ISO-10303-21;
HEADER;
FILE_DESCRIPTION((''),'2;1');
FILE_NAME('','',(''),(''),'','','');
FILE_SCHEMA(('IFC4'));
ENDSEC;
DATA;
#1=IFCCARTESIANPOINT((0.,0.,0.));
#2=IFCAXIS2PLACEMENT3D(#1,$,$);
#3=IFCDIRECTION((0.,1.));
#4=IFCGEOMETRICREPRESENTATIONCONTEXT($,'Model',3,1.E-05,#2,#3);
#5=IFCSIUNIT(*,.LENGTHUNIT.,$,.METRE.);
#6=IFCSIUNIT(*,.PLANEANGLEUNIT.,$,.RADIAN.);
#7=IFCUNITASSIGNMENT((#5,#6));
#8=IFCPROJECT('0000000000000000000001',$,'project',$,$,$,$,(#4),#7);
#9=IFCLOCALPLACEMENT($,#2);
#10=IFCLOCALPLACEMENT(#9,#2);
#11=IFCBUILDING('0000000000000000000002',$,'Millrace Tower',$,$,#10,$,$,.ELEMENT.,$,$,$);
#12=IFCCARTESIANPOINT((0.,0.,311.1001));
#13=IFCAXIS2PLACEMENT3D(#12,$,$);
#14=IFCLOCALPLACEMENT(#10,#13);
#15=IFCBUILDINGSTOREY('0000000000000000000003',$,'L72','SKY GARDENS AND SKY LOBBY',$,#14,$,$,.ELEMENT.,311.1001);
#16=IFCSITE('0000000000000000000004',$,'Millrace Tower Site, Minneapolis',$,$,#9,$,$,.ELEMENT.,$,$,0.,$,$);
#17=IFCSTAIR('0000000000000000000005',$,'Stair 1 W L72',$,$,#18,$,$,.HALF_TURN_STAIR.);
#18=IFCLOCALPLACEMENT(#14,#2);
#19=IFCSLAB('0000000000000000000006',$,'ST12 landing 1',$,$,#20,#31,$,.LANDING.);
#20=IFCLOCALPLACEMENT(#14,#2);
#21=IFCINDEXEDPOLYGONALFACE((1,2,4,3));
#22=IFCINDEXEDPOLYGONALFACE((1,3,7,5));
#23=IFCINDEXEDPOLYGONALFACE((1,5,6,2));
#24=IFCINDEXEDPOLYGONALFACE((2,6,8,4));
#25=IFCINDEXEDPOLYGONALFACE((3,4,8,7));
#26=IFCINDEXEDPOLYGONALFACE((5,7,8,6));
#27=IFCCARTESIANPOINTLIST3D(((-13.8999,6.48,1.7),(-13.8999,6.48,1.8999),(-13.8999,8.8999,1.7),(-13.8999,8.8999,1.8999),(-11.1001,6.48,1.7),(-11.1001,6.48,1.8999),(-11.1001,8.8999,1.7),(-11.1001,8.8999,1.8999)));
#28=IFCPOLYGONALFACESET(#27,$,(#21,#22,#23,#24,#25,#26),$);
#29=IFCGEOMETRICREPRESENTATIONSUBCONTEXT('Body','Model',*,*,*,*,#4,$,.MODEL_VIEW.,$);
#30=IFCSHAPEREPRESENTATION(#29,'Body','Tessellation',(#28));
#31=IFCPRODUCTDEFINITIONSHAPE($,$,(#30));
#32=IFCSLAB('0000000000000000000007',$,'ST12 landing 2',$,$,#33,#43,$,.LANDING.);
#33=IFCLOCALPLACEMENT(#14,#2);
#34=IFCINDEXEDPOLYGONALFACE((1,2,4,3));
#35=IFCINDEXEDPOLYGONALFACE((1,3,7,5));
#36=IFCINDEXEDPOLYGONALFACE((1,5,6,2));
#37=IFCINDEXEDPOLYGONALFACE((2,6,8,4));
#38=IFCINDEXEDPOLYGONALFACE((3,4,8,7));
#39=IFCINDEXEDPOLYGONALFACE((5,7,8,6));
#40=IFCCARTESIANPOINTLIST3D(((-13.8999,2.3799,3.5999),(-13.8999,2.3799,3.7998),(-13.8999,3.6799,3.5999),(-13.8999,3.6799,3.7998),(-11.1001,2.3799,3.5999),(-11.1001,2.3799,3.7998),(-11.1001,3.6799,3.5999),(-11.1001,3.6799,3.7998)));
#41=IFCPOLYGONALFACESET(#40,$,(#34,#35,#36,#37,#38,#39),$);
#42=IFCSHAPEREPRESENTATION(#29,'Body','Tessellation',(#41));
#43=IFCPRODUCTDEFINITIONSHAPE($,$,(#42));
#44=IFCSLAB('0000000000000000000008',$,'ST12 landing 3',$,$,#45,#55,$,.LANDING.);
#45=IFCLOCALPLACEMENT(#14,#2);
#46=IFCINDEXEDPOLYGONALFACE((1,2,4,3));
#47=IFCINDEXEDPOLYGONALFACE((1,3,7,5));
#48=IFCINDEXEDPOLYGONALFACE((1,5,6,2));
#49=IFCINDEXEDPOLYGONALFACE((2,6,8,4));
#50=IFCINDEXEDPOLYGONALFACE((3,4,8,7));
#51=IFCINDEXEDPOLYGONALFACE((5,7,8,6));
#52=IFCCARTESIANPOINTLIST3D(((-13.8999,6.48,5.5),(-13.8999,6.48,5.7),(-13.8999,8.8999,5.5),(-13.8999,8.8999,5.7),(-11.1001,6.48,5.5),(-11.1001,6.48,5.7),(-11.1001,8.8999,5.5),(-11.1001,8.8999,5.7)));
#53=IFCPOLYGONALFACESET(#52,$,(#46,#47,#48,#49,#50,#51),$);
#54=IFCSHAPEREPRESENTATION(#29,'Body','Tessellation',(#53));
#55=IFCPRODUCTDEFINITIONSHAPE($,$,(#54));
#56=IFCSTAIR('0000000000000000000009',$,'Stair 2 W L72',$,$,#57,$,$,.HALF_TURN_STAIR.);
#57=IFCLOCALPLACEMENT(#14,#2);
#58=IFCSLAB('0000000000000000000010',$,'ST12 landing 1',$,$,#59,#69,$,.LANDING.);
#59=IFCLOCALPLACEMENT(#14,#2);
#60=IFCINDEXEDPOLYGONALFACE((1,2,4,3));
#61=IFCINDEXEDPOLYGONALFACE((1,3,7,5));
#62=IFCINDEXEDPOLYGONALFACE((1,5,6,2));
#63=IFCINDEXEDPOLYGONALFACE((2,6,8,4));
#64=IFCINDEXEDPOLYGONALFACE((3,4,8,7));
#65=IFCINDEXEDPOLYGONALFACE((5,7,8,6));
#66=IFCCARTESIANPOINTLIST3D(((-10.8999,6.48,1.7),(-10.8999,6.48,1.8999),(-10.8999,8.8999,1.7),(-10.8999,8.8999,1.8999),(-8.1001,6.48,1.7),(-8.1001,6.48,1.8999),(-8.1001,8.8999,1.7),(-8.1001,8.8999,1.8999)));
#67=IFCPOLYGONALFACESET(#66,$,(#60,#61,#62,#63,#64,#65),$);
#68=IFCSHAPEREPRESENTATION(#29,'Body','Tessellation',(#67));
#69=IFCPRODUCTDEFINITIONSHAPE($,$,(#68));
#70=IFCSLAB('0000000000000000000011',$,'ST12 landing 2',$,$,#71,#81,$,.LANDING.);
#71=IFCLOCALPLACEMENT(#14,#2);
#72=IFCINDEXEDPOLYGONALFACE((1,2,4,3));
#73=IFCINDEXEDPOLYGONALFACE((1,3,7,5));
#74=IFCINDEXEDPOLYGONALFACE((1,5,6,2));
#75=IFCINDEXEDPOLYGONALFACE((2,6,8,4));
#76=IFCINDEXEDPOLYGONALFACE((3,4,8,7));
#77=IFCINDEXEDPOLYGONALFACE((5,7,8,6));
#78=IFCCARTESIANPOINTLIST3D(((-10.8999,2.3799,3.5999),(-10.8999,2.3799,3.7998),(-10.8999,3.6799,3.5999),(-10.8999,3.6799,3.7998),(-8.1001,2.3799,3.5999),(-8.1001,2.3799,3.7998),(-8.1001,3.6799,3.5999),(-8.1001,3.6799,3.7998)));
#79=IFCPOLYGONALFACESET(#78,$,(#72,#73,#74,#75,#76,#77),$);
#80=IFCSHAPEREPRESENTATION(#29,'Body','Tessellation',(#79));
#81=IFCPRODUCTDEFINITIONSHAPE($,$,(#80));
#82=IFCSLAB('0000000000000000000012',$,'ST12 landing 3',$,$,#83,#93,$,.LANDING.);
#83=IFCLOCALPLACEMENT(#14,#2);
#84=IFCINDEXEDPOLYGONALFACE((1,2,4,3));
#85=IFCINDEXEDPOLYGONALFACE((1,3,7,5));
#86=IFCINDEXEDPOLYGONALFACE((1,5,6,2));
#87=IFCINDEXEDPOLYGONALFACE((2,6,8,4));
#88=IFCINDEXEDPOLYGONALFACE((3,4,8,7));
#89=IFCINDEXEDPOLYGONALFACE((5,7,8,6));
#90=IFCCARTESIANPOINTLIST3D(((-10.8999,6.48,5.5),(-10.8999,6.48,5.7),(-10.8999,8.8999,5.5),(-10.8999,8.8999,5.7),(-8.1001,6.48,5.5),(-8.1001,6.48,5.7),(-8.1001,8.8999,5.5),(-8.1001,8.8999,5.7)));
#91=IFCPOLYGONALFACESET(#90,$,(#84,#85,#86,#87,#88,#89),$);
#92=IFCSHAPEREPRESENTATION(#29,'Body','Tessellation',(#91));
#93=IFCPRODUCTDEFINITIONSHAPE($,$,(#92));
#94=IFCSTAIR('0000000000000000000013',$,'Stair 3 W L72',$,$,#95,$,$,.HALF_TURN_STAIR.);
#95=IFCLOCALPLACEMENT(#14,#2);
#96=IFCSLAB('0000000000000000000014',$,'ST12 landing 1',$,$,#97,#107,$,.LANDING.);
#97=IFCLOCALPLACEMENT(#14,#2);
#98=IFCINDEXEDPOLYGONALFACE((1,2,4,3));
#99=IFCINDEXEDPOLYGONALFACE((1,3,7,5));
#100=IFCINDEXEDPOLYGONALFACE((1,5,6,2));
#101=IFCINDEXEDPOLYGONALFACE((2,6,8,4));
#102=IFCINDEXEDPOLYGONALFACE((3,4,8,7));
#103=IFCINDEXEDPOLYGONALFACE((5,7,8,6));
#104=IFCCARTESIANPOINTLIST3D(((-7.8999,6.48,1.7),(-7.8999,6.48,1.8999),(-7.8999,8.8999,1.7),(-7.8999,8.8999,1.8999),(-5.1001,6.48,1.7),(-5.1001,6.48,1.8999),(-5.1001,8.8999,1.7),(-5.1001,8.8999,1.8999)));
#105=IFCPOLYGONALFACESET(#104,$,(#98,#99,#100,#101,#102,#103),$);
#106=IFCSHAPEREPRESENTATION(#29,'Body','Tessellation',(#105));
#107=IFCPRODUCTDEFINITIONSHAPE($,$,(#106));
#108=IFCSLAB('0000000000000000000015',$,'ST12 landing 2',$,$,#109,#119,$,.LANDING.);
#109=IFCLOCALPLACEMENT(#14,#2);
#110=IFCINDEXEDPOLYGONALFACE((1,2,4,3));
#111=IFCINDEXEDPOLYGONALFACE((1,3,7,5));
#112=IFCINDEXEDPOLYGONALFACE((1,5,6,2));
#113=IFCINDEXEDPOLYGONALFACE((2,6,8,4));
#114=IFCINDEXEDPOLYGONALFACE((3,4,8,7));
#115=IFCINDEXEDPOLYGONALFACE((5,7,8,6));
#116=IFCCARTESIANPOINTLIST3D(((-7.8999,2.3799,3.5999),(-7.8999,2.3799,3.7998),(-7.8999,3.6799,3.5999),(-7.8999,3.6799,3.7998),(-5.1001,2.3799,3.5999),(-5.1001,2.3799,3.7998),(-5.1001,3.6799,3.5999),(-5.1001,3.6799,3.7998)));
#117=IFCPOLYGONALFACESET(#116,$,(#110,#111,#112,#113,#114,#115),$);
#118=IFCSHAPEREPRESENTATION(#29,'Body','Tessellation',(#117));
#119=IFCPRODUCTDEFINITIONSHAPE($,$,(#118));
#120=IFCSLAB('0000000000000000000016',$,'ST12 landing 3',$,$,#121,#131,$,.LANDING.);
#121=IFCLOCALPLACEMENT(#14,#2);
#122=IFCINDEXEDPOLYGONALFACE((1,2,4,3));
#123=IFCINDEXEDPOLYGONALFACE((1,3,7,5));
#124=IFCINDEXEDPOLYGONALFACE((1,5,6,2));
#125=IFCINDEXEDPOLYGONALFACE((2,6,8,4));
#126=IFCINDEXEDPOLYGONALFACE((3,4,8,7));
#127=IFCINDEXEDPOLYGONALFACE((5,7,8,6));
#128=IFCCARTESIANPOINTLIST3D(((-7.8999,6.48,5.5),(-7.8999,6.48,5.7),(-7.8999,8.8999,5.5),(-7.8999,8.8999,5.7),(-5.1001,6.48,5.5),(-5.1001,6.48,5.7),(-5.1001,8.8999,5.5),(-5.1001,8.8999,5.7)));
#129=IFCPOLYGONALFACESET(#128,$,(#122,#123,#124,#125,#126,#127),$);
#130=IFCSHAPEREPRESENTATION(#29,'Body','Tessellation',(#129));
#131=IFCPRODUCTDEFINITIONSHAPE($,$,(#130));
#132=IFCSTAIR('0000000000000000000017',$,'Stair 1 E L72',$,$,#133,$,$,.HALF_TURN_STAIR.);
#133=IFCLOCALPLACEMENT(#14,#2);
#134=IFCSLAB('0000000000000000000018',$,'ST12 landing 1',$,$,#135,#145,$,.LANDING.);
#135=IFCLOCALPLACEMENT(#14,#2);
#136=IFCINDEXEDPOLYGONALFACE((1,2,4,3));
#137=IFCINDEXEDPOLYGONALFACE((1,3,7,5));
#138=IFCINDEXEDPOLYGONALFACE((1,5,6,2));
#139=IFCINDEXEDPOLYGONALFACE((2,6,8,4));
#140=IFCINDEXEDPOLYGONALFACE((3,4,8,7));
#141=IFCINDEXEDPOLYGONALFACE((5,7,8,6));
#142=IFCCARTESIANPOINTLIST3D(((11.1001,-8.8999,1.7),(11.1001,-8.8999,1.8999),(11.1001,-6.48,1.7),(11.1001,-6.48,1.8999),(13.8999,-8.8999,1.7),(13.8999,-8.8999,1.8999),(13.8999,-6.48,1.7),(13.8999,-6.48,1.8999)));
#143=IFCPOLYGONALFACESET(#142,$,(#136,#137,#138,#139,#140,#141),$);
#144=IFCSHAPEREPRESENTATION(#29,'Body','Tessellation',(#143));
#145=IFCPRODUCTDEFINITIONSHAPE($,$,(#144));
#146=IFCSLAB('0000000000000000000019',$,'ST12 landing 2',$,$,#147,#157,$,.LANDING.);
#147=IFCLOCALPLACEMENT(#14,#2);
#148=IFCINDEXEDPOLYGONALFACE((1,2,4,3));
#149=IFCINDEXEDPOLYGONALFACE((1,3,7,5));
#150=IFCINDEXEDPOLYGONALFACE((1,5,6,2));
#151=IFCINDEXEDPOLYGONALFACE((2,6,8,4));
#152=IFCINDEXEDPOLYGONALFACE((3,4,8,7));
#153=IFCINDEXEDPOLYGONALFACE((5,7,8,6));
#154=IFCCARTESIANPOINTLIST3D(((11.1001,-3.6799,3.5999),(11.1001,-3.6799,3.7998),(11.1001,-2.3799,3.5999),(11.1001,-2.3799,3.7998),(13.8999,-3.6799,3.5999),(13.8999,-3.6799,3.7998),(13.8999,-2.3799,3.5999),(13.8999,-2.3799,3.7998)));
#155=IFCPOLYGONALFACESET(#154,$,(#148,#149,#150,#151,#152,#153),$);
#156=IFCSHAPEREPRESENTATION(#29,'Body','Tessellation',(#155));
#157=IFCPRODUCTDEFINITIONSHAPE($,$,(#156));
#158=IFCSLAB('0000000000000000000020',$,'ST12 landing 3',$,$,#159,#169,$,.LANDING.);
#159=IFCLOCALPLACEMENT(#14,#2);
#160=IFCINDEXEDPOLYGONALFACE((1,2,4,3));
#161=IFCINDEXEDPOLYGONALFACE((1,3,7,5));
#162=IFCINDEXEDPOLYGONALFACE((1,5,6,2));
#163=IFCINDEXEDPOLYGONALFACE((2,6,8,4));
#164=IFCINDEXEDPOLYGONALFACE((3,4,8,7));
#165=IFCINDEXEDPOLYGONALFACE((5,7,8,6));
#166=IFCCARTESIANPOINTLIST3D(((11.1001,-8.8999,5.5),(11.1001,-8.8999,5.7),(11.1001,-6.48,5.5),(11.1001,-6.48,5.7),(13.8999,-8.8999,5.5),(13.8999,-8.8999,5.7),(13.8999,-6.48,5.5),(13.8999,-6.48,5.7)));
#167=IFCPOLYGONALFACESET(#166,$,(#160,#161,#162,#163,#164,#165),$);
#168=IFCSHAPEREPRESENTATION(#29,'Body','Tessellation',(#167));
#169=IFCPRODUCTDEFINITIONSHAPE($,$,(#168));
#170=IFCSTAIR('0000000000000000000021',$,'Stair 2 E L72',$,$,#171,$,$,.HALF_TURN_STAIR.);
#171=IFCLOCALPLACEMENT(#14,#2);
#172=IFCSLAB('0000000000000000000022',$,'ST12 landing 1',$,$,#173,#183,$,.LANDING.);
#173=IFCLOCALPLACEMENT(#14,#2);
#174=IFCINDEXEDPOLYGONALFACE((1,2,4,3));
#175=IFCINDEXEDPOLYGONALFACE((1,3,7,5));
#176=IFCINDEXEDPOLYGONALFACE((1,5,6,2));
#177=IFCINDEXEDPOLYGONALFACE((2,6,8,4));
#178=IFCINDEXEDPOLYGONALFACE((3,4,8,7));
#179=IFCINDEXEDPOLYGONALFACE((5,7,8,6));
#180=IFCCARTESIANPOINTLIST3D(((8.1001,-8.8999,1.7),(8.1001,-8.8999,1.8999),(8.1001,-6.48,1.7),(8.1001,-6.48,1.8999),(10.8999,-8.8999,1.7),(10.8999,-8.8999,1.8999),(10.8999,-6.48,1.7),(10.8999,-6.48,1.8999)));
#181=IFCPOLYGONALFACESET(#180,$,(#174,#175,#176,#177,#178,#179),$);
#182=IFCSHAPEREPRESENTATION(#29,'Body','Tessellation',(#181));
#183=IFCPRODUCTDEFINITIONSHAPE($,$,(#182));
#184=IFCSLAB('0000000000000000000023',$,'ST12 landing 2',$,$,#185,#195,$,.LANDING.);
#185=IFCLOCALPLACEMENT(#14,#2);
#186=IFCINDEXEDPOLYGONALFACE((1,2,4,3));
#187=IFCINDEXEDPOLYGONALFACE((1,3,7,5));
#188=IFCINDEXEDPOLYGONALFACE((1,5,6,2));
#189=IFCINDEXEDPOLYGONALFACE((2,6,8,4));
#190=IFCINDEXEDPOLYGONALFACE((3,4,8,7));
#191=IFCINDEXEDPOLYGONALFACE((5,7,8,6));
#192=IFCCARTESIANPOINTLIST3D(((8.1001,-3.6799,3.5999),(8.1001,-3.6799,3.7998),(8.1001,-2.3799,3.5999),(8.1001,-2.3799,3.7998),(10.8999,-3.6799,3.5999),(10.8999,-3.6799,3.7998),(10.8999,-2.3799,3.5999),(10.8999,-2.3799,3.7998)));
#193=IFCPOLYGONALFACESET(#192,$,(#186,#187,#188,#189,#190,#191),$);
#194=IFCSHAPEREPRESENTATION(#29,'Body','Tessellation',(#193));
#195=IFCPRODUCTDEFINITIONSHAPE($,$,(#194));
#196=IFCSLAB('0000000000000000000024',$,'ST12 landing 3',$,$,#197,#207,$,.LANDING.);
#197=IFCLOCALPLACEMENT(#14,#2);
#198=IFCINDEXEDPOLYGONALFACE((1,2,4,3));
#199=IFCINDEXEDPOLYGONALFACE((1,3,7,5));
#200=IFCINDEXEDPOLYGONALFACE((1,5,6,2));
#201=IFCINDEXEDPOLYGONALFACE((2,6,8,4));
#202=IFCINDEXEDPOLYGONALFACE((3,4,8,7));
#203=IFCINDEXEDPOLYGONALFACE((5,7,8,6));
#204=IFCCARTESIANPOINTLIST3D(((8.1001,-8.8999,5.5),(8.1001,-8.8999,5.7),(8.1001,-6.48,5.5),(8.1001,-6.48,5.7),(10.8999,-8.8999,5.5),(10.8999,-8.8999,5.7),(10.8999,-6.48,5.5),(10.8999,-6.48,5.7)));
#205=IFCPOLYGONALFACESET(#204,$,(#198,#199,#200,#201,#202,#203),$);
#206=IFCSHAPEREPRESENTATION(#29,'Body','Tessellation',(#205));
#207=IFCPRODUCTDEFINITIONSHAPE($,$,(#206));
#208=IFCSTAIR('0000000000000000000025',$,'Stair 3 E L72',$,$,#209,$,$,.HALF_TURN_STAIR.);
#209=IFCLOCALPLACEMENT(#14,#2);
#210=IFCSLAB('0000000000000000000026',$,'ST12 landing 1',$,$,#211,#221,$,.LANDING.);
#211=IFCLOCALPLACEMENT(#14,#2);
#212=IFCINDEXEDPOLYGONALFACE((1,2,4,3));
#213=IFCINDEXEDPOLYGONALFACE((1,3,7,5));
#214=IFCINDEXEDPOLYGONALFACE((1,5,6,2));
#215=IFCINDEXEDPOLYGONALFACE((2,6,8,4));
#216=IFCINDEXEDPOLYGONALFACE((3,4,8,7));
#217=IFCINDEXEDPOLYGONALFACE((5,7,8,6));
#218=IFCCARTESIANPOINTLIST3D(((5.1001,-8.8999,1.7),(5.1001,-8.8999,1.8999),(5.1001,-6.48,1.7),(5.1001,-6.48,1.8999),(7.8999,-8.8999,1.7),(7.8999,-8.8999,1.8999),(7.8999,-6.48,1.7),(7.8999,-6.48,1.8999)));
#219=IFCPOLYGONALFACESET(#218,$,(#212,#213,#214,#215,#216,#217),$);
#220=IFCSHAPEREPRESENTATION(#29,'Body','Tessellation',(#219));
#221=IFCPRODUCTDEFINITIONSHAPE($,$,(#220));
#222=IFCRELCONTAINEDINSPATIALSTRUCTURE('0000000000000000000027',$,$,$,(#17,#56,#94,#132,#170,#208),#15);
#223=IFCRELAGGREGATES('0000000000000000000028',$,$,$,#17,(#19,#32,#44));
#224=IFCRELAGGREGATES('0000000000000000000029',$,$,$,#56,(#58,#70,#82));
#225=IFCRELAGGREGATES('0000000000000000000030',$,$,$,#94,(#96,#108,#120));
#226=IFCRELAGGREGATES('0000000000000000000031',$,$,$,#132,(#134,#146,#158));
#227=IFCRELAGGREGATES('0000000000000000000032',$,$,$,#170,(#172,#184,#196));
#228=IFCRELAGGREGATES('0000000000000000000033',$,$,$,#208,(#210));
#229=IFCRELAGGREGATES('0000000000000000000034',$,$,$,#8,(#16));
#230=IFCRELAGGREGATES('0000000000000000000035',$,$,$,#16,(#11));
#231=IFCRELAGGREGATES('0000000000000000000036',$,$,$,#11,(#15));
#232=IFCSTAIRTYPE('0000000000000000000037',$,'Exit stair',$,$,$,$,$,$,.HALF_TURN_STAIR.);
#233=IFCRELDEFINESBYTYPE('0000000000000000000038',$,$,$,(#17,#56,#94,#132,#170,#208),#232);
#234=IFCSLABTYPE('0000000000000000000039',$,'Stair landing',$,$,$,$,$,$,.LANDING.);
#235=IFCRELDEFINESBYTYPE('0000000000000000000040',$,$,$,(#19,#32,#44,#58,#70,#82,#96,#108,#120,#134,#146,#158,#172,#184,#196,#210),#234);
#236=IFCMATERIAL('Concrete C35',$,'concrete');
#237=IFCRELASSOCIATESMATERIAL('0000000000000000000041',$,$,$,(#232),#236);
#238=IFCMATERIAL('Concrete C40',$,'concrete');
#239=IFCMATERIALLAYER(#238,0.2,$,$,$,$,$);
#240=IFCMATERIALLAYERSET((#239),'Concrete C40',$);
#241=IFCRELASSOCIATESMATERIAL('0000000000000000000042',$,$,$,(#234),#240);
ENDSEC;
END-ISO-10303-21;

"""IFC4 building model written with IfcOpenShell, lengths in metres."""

from ifc_helpers import new_model, si_unit, direction, frame, origin, place, context, subcontext, project, spatial, polyline, outline, extrude, material, layer, layer_set, type_object, element, aggregate, save


model = new_model("IFC4")

# Units and contexts
model_context = context("Model", 3, precision=1e-05, world=origin(), true_north=direction((0.0, 1.0)))
body_context = subcontext(model_context, "Body", "Model", "MODEL_VIEW")
ifc_project = project(units=[si_unit("LENGTHUNIT", "METRE"), si_unit("PLANEANGLEUNIT", "RADIAN")], contexts=[model_context])

# Site, building, storey
site_placement = place(None, origin())
site = spatial("IfcSite", under=ifc_project, at=site_placement, Name="Millrace Tower Site, Minneapolis", CompositionType="ELEMENT", RefElevation=0.0)
building_placement = place(site_placement, origin())
building = spatial("IfcBuilding", under=site, at=building_placement, Name="Millrace Tower", CompositionType="ELEMENT")
storey_placement = place(building_placement, frame((0.0, 0.0, 311.1001)))
storey = spatial("IfcBuildingStorey", under=building, at=storey_placement, Name="L72", Description="SKY GARDENS AND SKY LOBBY", CompositionType="ELEMENT", Elevation=311.1001)

# Stairs, slabs
ifc_material_1 = material(Name="Concrete C35", Category="concrete")
stair_type = type_object("IfcStairType", Name="Exit stair", PredefinedType="HALF_TURN_STAIR", material=ifc_material_1)
placement_1 = place(storey_placement, origin())
stair_1 = element("IfcStair", 1, at=placement_1, inside=storey, type_object=stair_type, Name="Stair 1 W L72", PredefinedType="HALF_TURN_STAIR")
ifc_material_2 = material(Name="Concrete C40", Category="concrete")
ifc_layer_1 = layer(ifc_material_2, 0.2)
ifc_layer_set_1 = layer_set([ifc_layer_1], Name="Concrete C40")
slab_type = type_object("IfcSlabType", Name="Stair landing", PredefinedType="LANDING", material=ifc_layer_set_1)
placement_2 = place(storey_placement, frame((0.0, 0.0, 1.7)))
slab_1 = element("IfcSlab", 2, at=placement_2, type_object=slab_type, Name="ST12 landing 1", PredefinedType="LANDING", context=body_context, shape_type="SweptSolid", body=[
    extrude(outline(polyline([(-13.8999, 6.48), (-11.1001, 6.48), (-11.1001, 8.8999), (-13.8999, 8.8999), (-13.8999, 6.48)])), origin(), (0.0, 0.0, 1.0), 0.2),
])
placement_3 = place(storey_placement, frame((0.0, 0.0, 3.5999)))
slab_2 = element("IfcSlab", 3, at=placement_3, type_object=slab_type, Name="ST12 landing 2", PredefinedType="LANDING", context=body_context, shape_type="SweptSolid", body=[
    extrude(outline(polyline([(-13.8999, 2.3799), (-11.1001, 2.3799), (-11.1001, 3.6799), (-13.8999, 3.6799), (-13.8999, 2.3799)])), origin(), (0.0, 0.0, 1.0), 0.2),
])
placement_4 = place(storey_placement, frame((0.0, 0.0, 5.5)))
slab_3 = element("IfcSlab", 4, at=placement_4, type_object=slab_type, Name="ST12 landing 3", PredefinedType="LANDING", context=body_context, shape_type="SweptSolid", body=[
    extrude(outline(polyline([(-13.8999, 6.48), (-11.1001, 6.48), (-11.1001, 8.8999), (-13.8999, 8.8999), (-13.8999, 6.48)])), origin(), (0.0, 0.0, 1.0), 0.2),
])
aggregate(stair_1, [slab_1, slab_2, slab_3])
stair_2 = element("IfcStair", 5, at=placement_1, inside=storey, type_object=stair_type, Name="Stair 2 W L72", PredefinedType="HALF_TURN_STAIR")
slab_4 = element("IfcSlab", 6, at=placement_2, type_object=slab_type, Name="ST12 landing 1", PredefinedType="LANDING", context=body_context, shape_type="SweptSolid", body=[
    extrude(outline(polyline([(-10.8999, 6.48), (-8.1001, 6.48), (-8.1001, 8.8999), (-10.8999, 8.8999), (-10.8999, 6.48)])), origin(), (0.0, 0.0, 1.0), 0.2),
])
slab_5 = element("IfcSlab", 7, at=placement_3, type_object=slab_type, Name="ST12 landing 2", PredefinedType="LANDING", context=body_context, shape_type="SweptSolid", body=[
    extrude(outline(polyline([(-10.8999, 2.3799), (-8.1001, 2.3799), (-8.1001, 3.6799), (-10.8999, 3.6799), (-10.8999, 2.3799)])), origin(), (0.0, 0.0, 1.0), 0.2),
])
slab_6 = element("IfcSlab", 8, at=placement_4, type_object=slab_type, Name="ST12 landing 3", PredefinedType="LANDING", context=body_context, shape_type="SweptSolid", body=[
    extrude(outline(polyline([(-10.8999, 6.48), (-8.1001, 6.48), (-8.1001, 8.8999), (-10.8999, 8.8999), (-10.8999, 6.48)])), origin(), (0.0, 0.0, 1.0), 0.2),
])
aggregate(stair_2, [slab_4, slab_5, slab_6])
stair_3 = element("IfcStair", 9, at=placement_1, inside=storey, type_object=stair_type, Name="Stair 3 W L72", PredefinedType="HALF_TURN_STAIR")
slab_7 = element("IfcSlab", 10, at=placement_2, type_object=slab_type, Name="ST12 landing 1", PredefinedType="LANDING", context=body_context, shape_type="SweptSolid", body=[
    extrude(outline(polyline([(-7.8999, 6.48), (-5.1001, 6.48), (-5.1001, 8.8999), (-7.8999, 8.8999), (-7.8999, 6.48)])), origin(), (0.0, 0.0, 1.0), 0.2),
])
slab_8 = element("IfcSlab", 11, at=placement_3, type_object=slab_type, Name="ST12 landing 2", PredefinedType="LANDING", context=body_context, shape_type="SweptSolid", body=[
    extrude(outline(polyline([(-7.8999, 2.3799), (-5.1001, 2.3799), (-5.1001, 3.6799), (-7.8999, 3.6799), (-7.8999, 2.3799)])), origin(), (0.0, 0.0, 1.0), 0.2),
])
slab_9 = element("IfcSlab", 12, at=placement_4, type_object=slab_type, Name="ST12 landing 3", PredefinedType="LANDING", context=body_context, shape_type="SweptSolid", body=[
    extrude(outline(polyline([(-7.8999, 6.48), (-5.1001, 6.48), (-5.1001, 8.8999), (-7.8999, 8.8999), (-7.8999, 6.48)])), origin(), (0.0, 0.0, 1.0), 0.2),
])
aggregate(stair_3, [slab_7, slab_8, slab_9])
stair_4 = element("IfcStair", 13, at=placement_1, inside=storey, type_object=stair_type, Name="Stair 1 E L72", PredefinedType="HALF_TURN_STAIR")
slab_10 = element("IfcSlab", 14, at=placement_2, type_object=slab_type, Name="ST12 landing 1", PredefinedType="LANDING", context=body_context, shape_type="SweptSolid", body=[
    extrude(outline(polyline([(11.1001, -8.8999), (13.8999, -8.8999), (13.8999, -6.48), (11.1001, -6.48), (11.1001, -8.8999)])), origin(), (0.0, 0.0, 1.0), 0.2),
])
slab_11 = element("IfcSlab", 15, at=placement_3, type_object=slab_type, Name="ST12 landing 2", PredefinedType="LANDING", context=body_context, shape_type="SweptSolid", body=[
    extrude(outline(polyline([(11.1001, -3.6799), (13.8999, -3.6799), (13.8999, -2.3799), (11.1001, -2.3799), (11.1001, -3.6799)])), origin(), (0.0, 0.0, 1.0), 0.2),
])
slab_12 = element("IfcSlab", 16, at=placement_4, type_object=slab_type, Name="ST12 landing 3", PredefinedType="LANDING", context=body_context, shape_type="SweptSolid", body=[
    extrude(outline(polyline([(11.1001, -8.8999), (13.8999, -8.8999), (13.8999, -6.48), (11.1001, -6.48), (11.1001, -8.8999)])), origin(), (0.0, 0.0, 1.0), 0.2),
])
aggregate(stair_4, [slab_10, slab_11, slab_12])
stair_5 = element("IfcStair", 17, at=placement_1, inside=storey, type_object=stair_type, Name="Stair 2 E L72", PredefinedType="HALF_TURN_STAIR")
slab_13 = element("IfcSlab", 18, at=placement_2, type_object=slab_type, Name="ST12 landing 1", PredefinedType="LANDING", context=body_context, shape_type="SweptSolid", body=[
    extrude(outline(polyline([(8.1001, -8.8999), (10.8999, -8.8999), (10.8999, -6.48), (8.1001, -6.48), (8.1001, -8.8999)])), origin(), (0.0, 0.0, 1.0), 0.2),
])
slab_14 = element("IfcSlab", 19, at=placement_3, type_object=slab_type, Name="ST12 landing 2", PredefinedType="LANDING", context=body_context, shape_type="SweptSolid", body=[
    extrude(outline(polyline([(8.1001, -3.6799), (10.8999, -3.6799), (10.8999, -2.3799), (8.1001, -2.3799), (8.1001, -3.6799)])), origin(), (0.0, 0.0, 1.0), 0.2),
])
slab_15 = element("IfcSlab", 20, at=placement_4, type_object=slab_type, Name="ST12 landing 3", PredefinedType="LANDING", context=body_context, shape_type="SweptSolid", body=[
    extrude(outline(polyline([(8.1001, -8.8999), (10.8999, -8.8999), (10.8999, -6.48), (8.1001, -6.48), (8.1001, -8.8999)])), origin(), (0.0, 0.0, 1.0), 0.2),
])
aggregate(stair_5, [slab_13, slab_14, slab_15])
stair_6 = element("IfcStair", 21, at=placement_1, inside=storey, type_object=stair_type, Name="Stair 3 E L72", PredefinedType="HALF_TURN_STAIR")
slab_16 = element("IfcSlab", 22, at=placement_2, type_object=slab_type, Name="ST12 landing 1", PredefinedType="LANDING", context=body_context, shape_type="SweptSolid", body=[
    extrude(outline(polyline([(5.1001, -8.8999), (7.8999, -8.8999), (7.8999, -6.48), (5.1001, -6.48), (5.1001, -8.8999)])), origin(), (0.0, 0.0, 1.0), 0.2),
])
aggregate(stair_6, [slab_16])

save(model, "model.ifc")
